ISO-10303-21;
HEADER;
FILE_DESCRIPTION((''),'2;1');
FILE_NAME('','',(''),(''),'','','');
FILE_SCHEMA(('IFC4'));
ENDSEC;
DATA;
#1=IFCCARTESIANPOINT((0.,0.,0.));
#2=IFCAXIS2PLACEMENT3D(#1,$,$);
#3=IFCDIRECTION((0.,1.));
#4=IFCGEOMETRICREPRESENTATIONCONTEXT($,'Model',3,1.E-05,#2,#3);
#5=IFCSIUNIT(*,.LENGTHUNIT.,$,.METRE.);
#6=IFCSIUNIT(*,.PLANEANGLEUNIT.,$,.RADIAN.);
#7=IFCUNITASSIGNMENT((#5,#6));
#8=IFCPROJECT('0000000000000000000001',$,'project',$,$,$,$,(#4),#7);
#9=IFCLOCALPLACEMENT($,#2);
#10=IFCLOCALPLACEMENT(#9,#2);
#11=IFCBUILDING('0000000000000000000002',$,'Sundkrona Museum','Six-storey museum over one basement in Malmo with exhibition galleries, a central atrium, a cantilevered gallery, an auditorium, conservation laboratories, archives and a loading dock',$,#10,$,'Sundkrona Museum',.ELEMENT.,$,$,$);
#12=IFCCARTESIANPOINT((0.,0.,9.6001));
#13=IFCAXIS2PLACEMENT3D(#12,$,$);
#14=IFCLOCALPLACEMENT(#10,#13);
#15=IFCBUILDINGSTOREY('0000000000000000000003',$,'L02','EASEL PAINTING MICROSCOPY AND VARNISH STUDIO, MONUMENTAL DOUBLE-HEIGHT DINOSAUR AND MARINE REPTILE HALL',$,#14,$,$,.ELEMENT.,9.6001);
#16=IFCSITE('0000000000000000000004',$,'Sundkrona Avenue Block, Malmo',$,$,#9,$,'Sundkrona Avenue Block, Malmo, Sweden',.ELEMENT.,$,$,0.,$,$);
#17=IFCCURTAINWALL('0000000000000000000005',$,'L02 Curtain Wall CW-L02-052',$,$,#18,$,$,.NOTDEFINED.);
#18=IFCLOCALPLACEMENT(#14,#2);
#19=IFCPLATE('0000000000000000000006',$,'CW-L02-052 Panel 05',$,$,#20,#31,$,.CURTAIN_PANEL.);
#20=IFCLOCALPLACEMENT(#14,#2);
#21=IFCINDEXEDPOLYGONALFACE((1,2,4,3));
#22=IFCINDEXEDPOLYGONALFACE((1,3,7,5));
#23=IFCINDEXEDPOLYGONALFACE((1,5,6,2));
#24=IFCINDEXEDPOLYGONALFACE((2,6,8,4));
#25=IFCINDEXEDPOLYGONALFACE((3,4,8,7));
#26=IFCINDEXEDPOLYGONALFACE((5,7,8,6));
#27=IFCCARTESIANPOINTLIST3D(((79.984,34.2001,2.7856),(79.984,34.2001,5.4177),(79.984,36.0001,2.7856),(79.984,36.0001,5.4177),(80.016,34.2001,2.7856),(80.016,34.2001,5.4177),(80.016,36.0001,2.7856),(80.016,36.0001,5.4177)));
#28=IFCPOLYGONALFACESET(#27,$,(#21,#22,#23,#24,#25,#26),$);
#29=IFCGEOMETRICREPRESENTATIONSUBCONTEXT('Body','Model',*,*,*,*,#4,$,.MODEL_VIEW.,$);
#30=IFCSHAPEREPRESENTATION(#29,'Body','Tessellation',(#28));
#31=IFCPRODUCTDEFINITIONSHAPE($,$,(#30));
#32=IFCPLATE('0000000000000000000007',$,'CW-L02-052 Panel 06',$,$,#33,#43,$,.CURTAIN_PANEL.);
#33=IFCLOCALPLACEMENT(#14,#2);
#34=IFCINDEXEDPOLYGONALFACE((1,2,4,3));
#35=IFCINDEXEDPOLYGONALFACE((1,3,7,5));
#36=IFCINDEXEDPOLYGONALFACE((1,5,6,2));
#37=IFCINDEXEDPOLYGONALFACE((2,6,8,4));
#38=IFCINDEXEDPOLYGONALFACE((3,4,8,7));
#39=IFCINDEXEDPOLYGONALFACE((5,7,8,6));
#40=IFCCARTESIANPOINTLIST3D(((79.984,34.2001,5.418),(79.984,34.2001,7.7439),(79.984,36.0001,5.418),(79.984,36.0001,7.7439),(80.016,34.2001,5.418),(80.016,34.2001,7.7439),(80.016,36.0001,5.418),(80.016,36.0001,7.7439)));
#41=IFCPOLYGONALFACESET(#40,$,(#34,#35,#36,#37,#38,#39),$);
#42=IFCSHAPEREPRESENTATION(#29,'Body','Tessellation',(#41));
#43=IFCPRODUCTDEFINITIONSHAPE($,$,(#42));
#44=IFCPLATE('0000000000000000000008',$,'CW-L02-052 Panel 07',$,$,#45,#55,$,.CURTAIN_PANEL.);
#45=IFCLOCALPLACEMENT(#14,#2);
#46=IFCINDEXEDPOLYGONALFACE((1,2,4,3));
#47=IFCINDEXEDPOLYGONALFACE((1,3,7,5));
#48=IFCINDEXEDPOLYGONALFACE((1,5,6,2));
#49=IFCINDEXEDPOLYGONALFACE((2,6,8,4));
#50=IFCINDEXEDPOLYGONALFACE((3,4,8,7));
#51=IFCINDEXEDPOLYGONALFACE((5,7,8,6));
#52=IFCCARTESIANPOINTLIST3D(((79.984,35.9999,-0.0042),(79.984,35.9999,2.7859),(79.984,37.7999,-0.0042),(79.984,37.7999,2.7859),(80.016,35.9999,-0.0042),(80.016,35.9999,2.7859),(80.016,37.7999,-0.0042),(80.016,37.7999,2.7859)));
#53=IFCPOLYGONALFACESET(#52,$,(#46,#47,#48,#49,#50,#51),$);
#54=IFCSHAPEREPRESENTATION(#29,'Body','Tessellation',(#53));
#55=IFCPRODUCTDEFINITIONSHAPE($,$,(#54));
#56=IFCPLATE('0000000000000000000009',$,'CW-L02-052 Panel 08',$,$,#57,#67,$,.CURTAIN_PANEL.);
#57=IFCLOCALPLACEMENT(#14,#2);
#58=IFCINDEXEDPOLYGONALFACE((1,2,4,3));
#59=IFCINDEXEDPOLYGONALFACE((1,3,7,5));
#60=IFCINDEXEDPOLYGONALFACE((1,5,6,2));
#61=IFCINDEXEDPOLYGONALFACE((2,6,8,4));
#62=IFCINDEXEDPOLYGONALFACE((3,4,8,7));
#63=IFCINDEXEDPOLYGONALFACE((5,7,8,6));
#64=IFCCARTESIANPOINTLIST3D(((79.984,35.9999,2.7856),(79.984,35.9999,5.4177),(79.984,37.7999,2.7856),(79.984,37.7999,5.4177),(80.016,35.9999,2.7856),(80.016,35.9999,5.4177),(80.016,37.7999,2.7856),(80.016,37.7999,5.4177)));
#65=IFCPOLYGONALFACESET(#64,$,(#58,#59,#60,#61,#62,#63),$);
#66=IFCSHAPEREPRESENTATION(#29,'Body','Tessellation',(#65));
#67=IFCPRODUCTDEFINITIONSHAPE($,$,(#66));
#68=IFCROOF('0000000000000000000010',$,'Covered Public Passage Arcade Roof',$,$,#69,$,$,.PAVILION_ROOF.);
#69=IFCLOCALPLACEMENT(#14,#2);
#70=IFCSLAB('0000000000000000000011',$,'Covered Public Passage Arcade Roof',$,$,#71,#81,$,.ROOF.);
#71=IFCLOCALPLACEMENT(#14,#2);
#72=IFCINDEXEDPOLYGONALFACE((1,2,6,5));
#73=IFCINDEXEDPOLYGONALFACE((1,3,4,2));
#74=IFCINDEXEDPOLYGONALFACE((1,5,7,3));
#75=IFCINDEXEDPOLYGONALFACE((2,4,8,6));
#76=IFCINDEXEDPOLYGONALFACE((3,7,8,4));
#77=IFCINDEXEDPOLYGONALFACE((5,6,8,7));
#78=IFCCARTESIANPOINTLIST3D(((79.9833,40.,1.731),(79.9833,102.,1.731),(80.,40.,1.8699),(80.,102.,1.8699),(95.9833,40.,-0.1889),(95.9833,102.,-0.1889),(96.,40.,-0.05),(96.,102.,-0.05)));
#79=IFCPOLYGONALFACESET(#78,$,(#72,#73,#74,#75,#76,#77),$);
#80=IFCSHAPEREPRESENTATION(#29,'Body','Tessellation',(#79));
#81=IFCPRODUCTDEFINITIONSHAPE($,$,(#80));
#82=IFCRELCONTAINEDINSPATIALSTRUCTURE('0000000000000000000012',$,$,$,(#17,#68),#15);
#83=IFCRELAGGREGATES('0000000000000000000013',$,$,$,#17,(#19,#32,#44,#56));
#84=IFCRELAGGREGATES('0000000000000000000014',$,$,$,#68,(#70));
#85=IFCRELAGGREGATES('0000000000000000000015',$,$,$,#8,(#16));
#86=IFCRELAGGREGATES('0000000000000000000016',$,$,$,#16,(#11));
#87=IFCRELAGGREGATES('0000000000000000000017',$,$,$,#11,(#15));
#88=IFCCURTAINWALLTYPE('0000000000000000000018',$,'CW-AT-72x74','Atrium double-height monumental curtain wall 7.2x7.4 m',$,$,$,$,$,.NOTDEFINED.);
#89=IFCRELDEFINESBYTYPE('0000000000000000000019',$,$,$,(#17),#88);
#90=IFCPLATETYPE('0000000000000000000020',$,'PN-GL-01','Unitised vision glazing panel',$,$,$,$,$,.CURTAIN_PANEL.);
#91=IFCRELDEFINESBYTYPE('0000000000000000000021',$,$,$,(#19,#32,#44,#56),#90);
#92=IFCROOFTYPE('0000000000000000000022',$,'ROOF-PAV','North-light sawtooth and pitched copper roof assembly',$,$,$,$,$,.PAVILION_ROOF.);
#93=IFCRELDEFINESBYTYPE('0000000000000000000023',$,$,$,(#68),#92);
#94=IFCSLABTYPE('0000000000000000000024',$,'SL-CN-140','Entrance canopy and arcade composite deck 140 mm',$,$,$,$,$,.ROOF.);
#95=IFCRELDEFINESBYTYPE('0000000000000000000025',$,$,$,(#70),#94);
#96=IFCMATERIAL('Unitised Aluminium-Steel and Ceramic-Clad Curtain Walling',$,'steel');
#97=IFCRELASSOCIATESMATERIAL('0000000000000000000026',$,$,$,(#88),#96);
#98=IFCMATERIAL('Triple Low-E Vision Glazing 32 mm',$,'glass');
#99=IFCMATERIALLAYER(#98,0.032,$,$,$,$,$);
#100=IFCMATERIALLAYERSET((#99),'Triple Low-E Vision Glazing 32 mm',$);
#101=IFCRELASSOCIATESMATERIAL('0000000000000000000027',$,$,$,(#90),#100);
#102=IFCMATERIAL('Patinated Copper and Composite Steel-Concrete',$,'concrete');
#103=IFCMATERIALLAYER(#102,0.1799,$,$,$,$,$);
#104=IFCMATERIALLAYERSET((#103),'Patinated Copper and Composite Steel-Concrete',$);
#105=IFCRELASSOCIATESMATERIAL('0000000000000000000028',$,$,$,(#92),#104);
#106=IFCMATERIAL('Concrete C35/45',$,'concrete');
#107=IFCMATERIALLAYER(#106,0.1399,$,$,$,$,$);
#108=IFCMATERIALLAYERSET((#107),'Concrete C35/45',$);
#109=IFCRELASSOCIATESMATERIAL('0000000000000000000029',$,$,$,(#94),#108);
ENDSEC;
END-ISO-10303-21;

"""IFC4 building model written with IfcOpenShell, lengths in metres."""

from ifc_helpers import new_model, si_unit, direction, frame, origin, origin_2d, place, context, subcontext, project, spatial, polyline, rectangle, outline, extrude, material, layer, layer_set, type_object, element, aggregate, save


model = new_model("IFC4")

# Units and contexts
model_context = context("Model", 3, precision=1e-05, world=origin(), true_north=direction((0.0, 1.0)))
body_context = subcontext(model_context, "Body", "Model", "MODEL_VIEW")
ifc_project = project(units=[si_unit("LENGTHUNIT", "METRE"), si_unit("PLANEANGLEUNIT", "RADIAN")], contexts=[model_context])

# Site, building, storey
site_placement = place(None, origin())
site = spatial("IfcSite", under=ifc_project, at=site_placement, Name="Sundkrona Avenue Block, Malmo", LongName="Sundkrona Avenue Block, Malmo, Sweden", CompositionType="ELEMENT", RefElevation=0.0)
building_placement = place(site_placement, origin())
building = spatial("IfcBuilding", under=site, at=building_placement, Name="Sundkrona Museum", Description="Six-storey museum over one basement in Malmo with exhibition galleries, a central atrium, a cantilevered gallery, an auditorium, conservation laboratories, archives and a loading dock", LongName="Sundkrona Museum", CompositionType="ELEMENT")
storey_placement = place(building_placement, frame((0.0, 0.0, 9.6001)))
storey = spatial("IfcBuildingStorey", under=building, at=storey_placement, Name="L02", Description="EASEL PAINTING MICROSCOPY AND VARNISH STUDIO, MONUMENTAL DOUBLE-HEIGHT DINOSAUR AND MARINE REPTILE HALL", CompositionType="ELEMENT", Elevation=9.6001)

# Curtain wall
ifc_material_1 = material(Name="Unitised Aluminium-Steel and Ceramic-Clad Curtain Walling", Category="steel")
curtain_wall_type = type_object("IfcCurtainWallType", Name="CW-AT-72x74", Description="Atrium double-height monumental curtain wall 7.2x7.4 m", PredefinedType="NOTDEFINED", material=ifc_material_1)
curtain_wall_placement = place(storey_placement, origin())
curtain_wall = element("IfcCurtainWall", 1, at=curtain_wall_placement, inside=storey, type_object=curtain_wall_type, Name="L02 Curtain Wall CW-L02-052", PredefinedType="NOTDEFINED")

# Plates
ifc_material_2 = material(Name="Triple Low-E Vision Glazing 32 mm", Category="glass")
ifc_layer_1 = layer(ifc_material_2, 0.032)
ifc_layer_set_1 = layer_set([ifc_layer_1], Name="Triple Low-E Vision Glazing 32 mm")
plate_type = type_object("IfcPlateType", Name="PN-GL-01", Description="Unitised vision glazing panel", PredefinedType="CURTAIN_PANEL", material=ifc_layer_set_1)
plate_1_placement = place(storey_placement, frame((80.0, 35.1001, 2.7856), z_axis=(0.0, 0.0, 1.0), x_axis=(0.0, 1.0, 0.0)))
plate_1 = element("IfcPlate", 2, at=plate_1_placement, type_object=plate_type, Name="CW-L02-052 Panel 05", PredefinedType="CURTAIN_PANEL", context=body_context, shape_type="SweptSolid", body=[
    extrude(rectangle(XDim=1.8, YDim=0.032, at=origin_2d()), origin(), (0.0, 0.0, 1.0), 2.6321),
])
plate_2_placement = place(storey_placement, frame((80.0, 35.1001, 5.418), z_axis=(0.0, 0.0, 1.0), x_axis=(0.0, 1.0, 0.0)))
plate_2 = element("IfcPlate", 3, at=plate_2_placement, type_object=plate_type, Name="CW-L02-052 Panel 06", PredefinedType="CURTAIN_PANEL", context=body_context, shape_type="SweptSolid", body=[
    extrude(rectangle(XDim=1.8, YDim=0.032, at=origin_2d()), origin(), (0.0, 0.0, 1.0), 2.3259),
])
plate_3_placement = place(storey_placement, frame((80.0, 36.8999, -0.0042), z_axis=(0.0, 0.0, 1.0), x_axis=(0.0, 1.0, 0.0)))
plate_3 = element("IfcPlate", 4, at=plate_3_placement, type_object=plate_type, Name="CW-L02-052 Panel 07", PredefinedType="CURTAIN_PANEL", context=body_context, shape_type="SweptSolid", body=[
    extrude(rectangle(XDim=1.8, YDim=0.032, at=origin_2d()), origin(), (0.0, 0.0, 1.0), 2.79),
])
plate_4_placement = place(storey_placement, frame((80.0, 36.8999, 2.7856), z_axis=(0.0, 0.0, 1.0), x_axis=(0.0, 1.0, 0.0)))
plate_4 = element("IfcPlate", 5, at=plate_4_placement, type_object=plate_type, Name="CW-L02-052 Panel 08", PredefinedType="CURTAIN_PANEL", context=body_context, shape_type="SweptSolid", body=[
    extrude(rectangle(XDim=1.8, YDim=0.032, at=origin_2d()), origin(), (0.0, 0.0, 1.0), 2.6321),
])
aggregate(curtain_wall, [plate_1, plate_2, plate_3, plate_4])

# Roof, slab
ifc_material_3 = material(Name="Patinated Copper and Composite Steel-Concrete", Category="concrete")
ifc_layer_2 = layer(ifc_material_3, 0.1799)
ifc_layer_set_2 = layer_set([ifc_layer_2], Name="Patinated Copper and Composite Steel-Concrete")
roof_type = type_object("IfcRoofType", Name="ROOF-PAV", Description="North-light sawtooth and pitched copper roof assembly", PredefinedType="PAVILION_ROOF", material=ifc_layer_set_2)
roof_placement = place(storey_placement, origin())
roof = element("IfcRoof", 6, at=roof_placement, inside=storey, type_object=roof_type, Name="Covered Public Passage Arcade Roof", PredefinedType="PAVILION_ROOF")
ifc_material_4 = material(Name="Concrete C35/45", Category="concrete")
ifc_layer_3 = layer(ifc_material_4, 0.1399)
ifc_layer_set_3 = layer_set([ifc_layer_3], Name="Concrete C35/45")
slab_type = type_object("IfcSlabType", Name="SL-CN-140", Description="Entrance canopy and arcade composite deck 140 mm", PredefinedType="ROOF", material=ifc_layer_set_3)
slab_placement = place(storey_placement, frame((80.0, 40.0, 1.8699), z_axis=(0.11914, 0.0, 0.992877), x_axis=(0.992877, 0.0, -0.11914)))
slab = element("IfcSlab", 7, at=slab_placement, type_object=slab_type, Name="Covered Public Passage Arcade Roof", PredefinedType="ROOF", context=body_context, shape_type="SweptSolid", body=[
    extrude(outline(polyline([(0.0, 0.0), (16.1148, 0.0), (16.1148, 62.0), (0.0, 62.0), (0.0, 0.0)])), origin(), (0.0, 0.0, -1.0), 0.1399),
])
aggregate(roof, [slab])

save(model, "model.ifc")
